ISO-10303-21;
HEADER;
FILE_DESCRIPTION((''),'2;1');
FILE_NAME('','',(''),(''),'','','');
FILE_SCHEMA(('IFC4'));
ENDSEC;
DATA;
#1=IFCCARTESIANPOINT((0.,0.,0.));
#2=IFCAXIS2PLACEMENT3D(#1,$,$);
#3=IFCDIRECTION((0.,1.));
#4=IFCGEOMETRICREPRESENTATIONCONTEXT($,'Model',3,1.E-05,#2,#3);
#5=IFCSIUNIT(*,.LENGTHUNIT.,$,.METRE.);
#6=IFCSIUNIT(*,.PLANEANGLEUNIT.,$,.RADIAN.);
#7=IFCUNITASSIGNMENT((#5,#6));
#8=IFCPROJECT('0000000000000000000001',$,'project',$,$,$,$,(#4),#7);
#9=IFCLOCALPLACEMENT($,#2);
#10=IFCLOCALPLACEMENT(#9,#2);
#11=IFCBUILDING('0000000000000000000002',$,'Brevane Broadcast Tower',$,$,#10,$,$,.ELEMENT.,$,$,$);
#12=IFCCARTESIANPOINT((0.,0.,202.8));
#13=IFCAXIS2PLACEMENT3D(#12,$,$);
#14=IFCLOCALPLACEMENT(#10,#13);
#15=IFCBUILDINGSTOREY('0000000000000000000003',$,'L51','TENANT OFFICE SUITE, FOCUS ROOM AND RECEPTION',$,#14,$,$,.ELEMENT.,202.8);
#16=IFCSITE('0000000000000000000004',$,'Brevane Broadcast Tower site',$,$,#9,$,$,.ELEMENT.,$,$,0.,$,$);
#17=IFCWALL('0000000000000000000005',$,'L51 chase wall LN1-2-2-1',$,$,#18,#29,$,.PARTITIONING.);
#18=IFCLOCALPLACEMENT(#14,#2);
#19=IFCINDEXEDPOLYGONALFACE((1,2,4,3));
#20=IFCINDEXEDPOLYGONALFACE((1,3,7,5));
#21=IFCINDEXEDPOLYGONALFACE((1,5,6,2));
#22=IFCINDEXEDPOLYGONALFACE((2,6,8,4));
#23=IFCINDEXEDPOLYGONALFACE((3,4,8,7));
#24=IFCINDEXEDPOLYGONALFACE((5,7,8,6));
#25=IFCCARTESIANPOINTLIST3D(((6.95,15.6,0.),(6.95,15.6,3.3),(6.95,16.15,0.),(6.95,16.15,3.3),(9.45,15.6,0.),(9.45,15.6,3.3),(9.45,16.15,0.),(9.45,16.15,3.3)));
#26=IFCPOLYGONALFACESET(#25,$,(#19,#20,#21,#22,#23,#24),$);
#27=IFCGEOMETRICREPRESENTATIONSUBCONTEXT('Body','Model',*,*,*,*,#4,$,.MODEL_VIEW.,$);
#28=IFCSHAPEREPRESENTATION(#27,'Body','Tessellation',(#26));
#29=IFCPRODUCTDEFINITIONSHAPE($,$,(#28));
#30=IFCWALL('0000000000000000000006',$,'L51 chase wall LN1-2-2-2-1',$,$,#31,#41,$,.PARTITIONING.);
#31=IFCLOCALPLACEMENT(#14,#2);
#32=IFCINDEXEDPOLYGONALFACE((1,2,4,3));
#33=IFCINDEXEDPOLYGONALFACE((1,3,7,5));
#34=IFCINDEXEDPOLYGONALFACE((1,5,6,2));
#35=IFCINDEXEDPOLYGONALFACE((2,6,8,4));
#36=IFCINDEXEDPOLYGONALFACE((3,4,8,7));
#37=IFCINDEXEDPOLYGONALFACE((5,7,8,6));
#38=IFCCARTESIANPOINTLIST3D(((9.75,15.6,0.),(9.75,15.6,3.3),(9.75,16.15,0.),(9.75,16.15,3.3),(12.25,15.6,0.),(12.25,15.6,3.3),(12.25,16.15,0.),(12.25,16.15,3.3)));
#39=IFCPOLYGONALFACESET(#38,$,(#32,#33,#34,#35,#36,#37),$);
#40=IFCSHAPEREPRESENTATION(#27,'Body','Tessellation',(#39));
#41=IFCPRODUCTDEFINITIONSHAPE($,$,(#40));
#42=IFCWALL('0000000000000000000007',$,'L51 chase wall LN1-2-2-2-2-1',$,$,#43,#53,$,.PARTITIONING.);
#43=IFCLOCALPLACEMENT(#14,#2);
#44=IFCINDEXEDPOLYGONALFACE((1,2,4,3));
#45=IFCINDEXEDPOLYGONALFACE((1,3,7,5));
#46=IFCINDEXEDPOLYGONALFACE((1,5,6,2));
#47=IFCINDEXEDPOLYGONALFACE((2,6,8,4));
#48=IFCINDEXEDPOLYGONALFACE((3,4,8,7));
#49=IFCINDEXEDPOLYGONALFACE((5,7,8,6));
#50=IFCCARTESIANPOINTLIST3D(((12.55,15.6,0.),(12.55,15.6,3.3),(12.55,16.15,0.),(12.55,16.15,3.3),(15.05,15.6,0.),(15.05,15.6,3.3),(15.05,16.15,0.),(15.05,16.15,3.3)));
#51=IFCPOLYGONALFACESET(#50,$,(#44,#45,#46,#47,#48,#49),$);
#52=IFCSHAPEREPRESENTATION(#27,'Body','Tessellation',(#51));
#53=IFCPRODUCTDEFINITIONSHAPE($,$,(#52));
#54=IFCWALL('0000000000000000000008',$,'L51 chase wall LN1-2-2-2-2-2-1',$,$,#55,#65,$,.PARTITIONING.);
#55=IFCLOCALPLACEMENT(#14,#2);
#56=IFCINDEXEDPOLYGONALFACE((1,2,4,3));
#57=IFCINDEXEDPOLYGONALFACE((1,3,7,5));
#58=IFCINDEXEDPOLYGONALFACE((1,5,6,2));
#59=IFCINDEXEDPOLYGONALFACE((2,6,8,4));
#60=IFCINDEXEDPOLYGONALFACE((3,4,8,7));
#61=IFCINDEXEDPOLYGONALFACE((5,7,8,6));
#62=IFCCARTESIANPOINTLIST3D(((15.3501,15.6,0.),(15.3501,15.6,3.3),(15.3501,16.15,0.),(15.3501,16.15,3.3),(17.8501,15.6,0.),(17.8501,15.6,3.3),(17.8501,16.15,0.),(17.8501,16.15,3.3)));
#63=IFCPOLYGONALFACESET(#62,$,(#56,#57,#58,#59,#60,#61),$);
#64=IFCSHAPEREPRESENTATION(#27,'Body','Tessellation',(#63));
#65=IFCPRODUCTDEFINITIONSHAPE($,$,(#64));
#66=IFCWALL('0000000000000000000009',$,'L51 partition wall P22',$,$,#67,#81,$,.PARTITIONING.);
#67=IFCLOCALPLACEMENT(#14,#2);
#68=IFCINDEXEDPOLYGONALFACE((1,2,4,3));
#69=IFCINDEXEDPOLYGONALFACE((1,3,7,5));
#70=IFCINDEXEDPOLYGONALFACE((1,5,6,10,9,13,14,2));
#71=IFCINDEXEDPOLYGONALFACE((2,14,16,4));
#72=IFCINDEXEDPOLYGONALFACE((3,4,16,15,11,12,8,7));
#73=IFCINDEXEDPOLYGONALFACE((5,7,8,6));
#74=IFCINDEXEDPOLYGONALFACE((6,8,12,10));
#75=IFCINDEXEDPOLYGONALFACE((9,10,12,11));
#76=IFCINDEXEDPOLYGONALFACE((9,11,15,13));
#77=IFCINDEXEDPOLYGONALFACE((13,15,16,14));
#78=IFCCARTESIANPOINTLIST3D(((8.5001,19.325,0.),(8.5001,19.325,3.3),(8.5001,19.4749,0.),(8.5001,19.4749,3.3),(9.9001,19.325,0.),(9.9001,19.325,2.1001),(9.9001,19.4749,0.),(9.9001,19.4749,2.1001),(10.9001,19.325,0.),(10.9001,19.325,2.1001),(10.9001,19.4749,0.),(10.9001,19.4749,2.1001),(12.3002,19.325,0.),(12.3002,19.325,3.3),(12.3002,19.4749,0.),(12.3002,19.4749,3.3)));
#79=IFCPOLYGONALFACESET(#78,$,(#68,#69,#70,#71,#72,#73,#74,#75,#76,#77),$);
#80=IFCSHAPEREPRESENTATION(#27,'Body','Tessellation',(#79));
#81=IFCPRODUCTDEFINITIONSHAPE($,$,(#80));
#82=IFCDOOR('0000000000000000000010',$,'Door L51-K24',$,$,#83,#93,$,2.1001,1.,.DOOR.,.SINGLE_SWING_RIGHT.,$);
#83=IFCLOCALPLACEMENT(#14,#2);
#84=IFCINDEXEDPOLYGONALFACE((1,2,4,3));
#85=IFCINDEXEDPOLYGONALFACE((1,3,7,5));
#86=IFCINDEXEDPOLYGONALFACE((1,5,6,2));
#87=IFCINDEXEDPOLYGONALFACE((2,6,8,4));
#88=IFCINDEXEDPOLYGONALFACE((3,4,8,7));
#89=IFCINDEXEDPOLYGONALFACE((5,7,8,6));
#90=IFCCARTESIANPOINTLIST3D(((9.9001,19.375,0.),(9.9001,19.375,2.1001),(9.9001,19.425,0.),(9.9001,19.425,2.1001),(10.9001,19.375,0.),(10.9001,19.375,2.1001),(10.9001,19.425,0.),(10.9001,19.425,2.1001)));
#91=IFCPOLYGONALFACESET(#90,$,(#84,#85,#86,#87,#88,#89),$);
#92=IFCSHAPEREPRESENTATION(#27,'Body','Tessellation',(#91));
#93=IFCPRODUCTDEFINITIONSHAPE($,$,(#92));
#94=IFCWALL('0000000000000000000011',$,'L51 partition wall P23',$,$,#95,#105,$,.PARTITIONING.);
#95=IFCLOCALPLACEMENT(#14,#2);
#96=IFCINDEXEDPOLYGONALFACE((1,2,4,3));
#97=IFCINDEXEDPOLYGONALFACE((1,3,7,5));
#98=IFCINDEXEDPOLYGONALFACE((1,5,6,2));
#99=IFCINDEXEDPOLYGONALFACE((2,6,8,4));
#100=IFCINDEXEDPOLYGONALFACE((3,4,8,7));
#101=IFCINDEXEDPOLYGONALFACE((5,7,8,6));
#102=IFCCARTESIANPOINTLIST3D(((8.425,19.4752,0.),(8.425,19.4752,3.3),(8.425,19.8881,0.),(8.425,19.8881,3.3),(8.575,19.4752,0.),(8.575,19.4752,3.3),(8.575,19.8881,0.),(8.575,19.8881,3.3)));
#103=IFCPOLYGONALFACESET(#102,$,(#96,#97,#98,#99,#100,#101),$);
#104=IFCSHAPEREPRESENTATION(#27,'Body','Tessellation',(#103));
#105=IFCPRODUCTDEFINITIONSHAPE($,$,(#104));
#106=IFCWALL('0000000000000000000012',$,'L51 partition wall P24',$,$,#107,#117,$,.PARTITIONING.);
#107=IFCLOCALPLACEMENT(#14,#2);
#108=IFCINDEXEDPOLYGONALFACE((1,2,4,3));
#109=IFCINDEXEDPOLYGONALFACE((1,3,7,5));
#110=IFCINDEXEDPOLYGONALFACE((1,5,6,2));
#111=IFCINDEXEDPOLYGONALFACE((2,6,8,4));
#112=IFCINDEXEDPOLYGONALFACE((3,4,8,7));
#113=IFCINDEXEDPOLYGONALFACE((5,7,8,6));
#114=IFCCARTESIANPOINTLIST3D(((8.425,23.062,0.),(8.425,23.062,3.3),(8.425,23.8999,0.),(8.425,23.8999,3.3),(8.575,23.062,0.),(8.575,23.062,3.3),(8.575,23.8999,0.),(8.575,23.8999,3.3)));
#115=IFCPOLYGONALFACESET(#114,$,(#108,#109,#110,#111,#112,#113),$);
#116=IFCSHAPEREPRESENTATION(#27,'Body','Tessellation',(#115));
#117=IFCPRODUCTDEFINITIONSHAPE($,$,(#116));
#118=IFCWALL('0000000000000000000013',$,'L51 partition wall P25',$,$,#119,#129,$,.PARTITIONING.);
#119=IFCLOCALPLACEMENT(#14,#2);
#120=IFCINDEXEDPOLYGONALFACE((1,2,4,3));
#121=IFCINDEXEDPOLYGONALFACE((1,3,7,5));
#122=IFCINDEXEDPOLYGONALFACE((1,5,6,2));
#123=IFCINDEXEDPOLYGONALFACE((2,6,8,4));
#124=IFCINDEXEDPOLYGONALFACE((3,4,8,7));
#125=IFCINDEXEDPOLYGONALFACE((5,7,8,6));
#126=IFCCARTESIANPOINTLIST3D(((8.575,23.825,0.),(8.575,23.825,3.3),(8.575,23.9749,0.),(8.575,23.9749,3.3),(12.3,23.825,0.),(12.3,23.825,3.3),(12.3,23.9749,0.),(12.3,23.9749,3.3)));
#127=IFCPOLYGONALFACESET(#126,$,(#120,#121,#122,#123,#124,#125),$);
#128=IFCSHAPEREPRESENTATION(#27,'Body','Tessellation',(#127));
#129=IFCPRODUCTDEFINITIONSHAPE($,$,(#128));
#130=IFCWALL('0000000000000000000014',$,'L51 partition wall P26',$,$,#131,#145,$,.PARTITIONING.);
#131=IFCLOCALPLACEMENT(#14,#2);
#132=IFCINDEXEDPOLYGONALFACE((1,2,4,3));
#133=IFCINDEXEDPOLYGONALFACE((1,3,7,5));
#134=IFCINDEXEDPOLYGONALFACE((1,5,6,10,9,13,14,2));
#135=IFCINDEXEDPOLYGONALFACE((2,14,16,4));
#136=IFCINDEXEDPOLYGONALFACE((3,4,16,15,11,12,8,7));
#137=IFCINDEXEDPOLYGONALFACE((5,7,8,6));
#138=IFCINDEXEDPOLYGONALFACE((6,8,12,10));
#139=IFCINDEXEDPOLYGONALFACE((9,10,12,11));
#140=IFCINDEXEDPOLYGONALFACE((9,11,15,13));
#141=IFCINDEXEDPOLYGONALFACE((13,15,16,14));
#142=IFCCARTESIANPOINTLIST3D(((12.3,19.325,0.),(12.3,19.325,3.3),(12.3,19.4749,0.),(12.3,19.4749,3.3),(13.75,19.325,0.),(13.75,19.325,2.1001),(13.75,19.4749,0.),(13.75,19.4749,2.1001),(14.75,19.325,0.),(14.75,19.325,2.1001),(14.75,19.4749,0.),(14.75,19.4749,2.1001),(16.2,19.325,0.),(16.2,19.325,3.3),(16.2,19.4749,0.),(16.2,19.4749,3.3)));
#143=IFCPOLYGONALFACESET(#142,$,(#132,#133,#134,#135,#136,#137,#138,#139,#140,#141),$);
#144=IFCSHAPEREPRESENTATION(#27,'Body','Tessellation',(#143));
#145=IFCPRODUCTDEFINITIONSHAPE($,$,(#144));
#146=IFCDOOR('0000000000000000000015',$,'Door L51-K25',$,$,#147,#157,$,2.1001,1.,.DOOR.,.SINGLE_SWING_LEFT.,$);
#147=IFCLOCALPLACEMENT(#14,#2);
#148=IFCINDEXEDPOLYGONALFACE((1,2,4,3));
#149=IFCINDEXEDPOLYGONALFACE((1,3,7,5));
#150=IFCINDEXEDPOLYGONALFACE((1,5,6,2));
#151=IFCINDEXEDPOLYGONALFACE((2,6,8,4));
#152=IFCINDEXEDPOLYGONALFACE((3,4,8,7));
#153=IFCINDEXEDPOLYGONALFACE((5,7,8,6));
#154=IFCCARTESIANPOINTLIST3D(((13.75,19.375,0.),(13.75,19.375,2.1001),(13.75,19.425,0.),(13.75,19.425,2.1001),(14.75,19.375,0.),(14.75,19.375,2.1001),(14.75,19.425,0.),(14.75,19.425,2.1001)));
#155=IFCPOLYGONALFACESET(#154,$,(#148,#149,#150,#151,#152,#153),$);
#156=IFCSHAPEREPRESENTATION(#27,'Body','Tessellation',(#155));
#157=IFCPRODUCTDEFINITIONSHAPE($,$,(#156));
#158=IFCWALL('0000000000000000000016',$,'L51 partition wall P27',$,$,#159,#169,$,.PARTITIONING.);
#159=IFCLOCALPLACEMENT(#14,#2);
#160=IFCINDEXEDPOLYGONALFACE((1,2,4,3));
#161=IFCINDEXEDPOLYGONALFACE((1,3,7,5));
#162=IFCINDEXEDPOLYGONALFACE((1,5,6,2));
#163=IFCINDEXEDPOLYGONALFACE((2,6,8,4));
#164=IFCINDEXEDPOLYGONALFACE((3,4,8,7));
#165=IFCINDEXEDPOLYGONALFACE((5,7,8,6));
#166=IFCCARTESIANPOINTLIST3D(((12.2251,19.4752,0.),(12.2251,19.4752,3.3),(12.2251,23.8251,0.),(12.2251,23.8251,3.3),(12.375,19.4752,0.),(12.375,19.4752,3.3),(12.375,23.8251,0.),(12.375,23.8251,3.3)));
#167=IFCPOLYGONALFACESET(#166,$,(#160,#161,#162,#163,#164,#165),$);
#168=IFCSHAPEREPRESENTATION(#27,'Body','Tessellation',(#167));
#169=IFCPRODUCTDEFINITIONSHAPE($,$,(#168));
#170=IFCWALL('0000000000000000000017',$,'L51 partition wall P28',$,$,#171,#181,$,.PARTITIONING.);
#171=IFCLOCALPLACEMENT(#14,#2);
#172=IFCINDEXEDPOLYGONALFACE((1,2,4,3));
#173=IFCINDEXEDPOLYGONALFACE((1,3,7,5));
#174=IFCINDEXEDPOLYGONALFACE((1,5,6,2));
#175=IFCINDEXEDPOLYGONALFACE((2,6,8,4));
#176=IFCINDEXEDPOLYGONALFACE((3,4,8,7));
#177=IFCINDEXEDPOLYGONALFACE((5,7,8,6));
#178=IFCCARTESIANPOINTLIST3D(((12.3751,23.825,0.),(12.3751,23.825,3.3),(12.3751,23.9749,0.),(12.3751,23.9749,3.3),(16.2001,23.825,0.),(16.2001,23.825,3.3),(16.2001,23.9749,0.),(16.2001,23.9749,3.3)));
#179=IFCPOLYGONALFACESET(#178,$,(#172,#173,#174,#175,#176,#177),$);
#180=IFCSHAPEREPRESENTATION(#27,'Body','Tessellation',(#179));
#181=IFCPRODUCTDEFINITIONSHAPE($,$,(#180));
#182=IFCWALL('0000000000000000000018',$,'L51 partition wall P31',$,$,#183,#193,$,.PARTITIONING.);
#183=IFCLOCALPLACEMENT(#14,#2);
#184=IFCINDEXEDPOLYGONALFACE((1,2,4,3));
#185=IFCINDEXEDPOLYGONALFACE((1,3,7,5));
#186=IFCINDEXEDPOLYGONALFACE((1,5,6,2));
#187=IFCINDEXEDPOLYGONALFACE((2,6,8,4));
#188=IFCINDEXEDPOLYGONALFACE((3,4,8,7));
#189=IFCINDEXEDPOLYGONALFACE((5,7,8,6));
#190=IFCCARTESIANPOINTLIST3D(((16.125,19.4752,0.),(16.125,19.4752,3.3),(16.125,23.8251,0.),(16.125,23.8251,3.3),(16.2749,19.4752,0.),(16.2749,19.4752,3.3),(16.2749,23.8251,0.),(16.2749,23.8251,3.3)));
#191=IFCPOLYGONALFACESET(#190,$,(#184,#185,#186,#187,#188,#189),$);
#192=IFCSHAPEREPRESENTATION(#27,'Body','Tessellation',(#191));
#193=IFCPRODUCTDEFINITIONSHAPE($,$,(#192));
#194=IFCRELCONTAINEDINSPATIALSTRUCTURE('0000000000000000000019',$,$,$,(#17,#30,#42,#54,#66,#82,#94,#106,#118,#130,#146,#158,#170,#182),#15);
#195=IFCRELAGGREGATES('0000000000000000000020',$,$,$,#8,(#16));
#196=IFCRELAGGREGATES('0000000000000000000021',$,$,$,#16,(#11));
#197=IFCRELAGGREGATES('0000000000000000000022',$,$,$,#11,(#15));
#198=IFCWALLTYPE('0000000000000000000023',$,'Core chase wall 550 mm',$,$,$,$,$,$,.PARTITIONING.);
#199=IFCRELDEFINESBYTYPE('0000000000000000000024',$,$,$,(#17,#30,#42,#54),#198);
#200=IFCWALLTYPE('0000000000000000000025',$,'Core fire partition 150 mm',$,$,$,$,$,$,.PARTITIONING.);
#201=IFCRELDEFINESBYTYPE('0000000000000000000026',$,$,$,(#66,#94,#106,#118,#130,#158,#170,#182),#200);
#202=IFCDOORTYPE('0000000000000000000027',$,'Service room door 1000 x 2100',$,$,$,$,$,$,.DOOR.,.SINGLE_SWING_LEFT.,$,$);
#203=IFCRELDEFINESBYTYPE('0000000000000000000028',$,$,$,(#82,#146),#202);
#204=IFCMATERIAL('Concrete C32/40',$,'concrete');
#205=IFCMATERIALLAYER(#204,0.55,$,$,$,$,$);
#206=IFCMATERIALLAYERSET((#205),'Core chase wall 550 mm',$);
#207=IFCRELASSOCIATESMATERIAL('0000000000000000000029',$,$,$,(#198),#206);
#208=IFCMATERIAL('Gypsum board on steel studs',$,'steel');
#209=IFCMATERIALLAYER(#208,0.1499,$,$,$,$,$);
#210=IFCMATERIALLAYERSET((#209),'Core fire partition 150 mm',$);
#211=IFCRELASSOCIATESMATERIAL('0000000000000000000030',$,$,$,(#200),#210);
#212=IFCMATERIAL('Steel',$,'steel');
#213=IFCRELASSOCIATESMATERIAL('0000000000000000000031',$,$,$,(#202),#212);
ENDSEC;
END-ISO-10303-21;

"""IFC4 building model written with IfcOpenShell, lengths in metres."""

from ifc_helpers import new_model, si_unit, direction, frame, frame_2d, origin, place, context, subcontext, project, spatial, rectangle, extrude, material, layer, layer_set, type_object, element, fill, save


model = new_model("IFC4")

# Units and contexts
model_context = context("Model", 3, precision=1e-05, world=origin(), true_north=direction((0.0, 1.0)))
body_context = subcontext(model_context, "Body", "Model", "MODEL_VIEW")
ifc_project = project(units=[si_unit("LENGTHUNIT", "METRE"), si_unit("PLANEANGLEUNIT", "RADIAN")], contexts=[model_context])

# Site, building, storey
site_placement = place(None, origin())
site = spatial("IfcSite", under=ifc_project, at=site_placement, Name="Brevane Broadcast Tower site", CompositionType="ELEMENT", RefElevation=0.0)
building_placement = place(site_placement, origin())
building = spatial("IfcBuilding", under=site, at=building_placement, Name="Brevane Broadcast Tower", CompositionType="ELEMENT")
storey_placement = place(building_placement, frame((0.0, 0.0, 202.8)))
storey = spatial("IfcBuildingStorey", under=building, at=storey_placement, Name="L51", Description="TENANT OFFICE SUITE, FOCUS ROOM AND RECEPTION", CompositionType="ELEMENT", Elevation=202.8)

# Walls
ifc_material_1 = material(Name="Concrete C32/40", Category="concrete")
ifc_layer_1 = layer(ifc_material_1, 0.55)
ifc_layer_set_1 = layer_set([ifc_layer_1], Name="Core chase wall 550 mm")
wall_type_1 = type_object("IfcWallType", Name="Core chase wall 550 mm", PredefinedType="PARTITIONING", material=ifc_layer_set_1)
for number, where, z_axis, x_axis, name in (
    (1, (6.95, 15.875, 0.0), (0.0, 0.0, 1.0), (1.0, 0.0, 0.0), "L51 chase wall LN1-2-2-1"),
    (2, (9.75, 15.875, 0.0), (0.0, 0.0, 1.0), (1.0, 0.0, 0.0), "L51 chase wall LN1-2-2-2-1"),
    (3, (12.55, 15.875, 0.0), (0.0, 0.0, 1.0), (1.0, 0.0, 0.0), "L51 chase wall LN1-2-2-2-2-1"),
    (4, (15.3501, 15.875, 0.0), (0.0, 0.0, 1.0), (1.0, 0.0, 0.0), "L51 chase wall LN1-2-2-2-2-2-1"),
):
    element("IfcWall", number, at=place(storey_placement, frame(where, z_axis=z_axis, x_axis=x_axis)), inside=storey, type_object=wall_type_1, Name=name, PredefinedType="PARTITIONING", context=body_context, shape_type="SweptSolid", body=[
        extrude(rectangle(XDim=2.5, YDim=0.55, at=frame_2d((1.25, 0.0))), origin(), (0.0, 0.0, 1.0), 3.3),
    ])

# Wall, opening, door
ifc_material_2 = material(Name="Gypsum board on steel studs", Category="steel")
ifc_layer_2 = layer(ifc_material_2, 0.1499)
ifc_layer_set_2 = layer_set([ifc_layer_2], Name="Core fire partition 150 mm")
wall_type_2 = type_object("IfcWallType", Name="Core fire partition 150 mm", PredefinedType="PARTITIONING", material=ifc_layer_set_2)
wall_1_placement = place(storey_placement, frame((12.3, 19.3999, 0.0), z_axis=(0.0, 0.0, 1.0), x_axis=(-1.0, 0.0, 0.0)))
wall_1 = element("IfcWall", 5, at=wall_1_placement, inside=storey, type_object=wall_type_2, Name="L51 partition wall P22", PredefinedType="PARTITIONING", context=body_context, shape_type="SweptSolid", body=[
    extrude(rectangle(XDim=3.8, YDim=0.1499, at=frame_2d((1.8999, 0.0))), origin(), (0.0, 0.0, 1.0), 3.3),
])
opening_1_placement = place(wall_1_placement, frame((1.3999, 0.0, 0.0)))
opening_1 = element("IfcOpeningElement", 6, at=opening_1_placement, cuts=wall_1, PredefinedType="OPENING", context=body_context, shape_type="SweptSolid", body=[
    extrude(rectangle(XDim=1.0, YDim=2.1001, at=frame_2d((0.5, 1.05))), frame((0.0, 0.085, 0.0), z_axis=(0.0, -1.0, 0.0), x_axis=(1.0, 0.0, 0.0)), (0.0, 0.0, 1.0), 0.1699),
])
ifc_material_3 = material(Name="Steel", Category="steel")
door_type_1 = type_object("IfcDoorType", Name="Service room door 1000 x 2100", OperationType="SINGLE_SWING_LEFT", PredefinedType="DOOR", material=ifc_material_3)
door_1_placement = place(opening_1_placement, origin())
door_1 = element("IfcDoor", 7, at=door_1_placement, inside=storey, type_object=door_type_1, Name="Door L51-K24", OperationType="SINGLE_SWING_RIGHT", OverallHeight=2.1001, OverallWidth=1.0, PredefinedType="DOOR", context=body_context, shape_type="SweptSolid", body=[
    extrude(rectangle(XDim=1.0, YDim=2.1001, at=frame_2d((0.5, 1.05))), frame((0.0, 0.0249, 0.0), z_axis=(0.0, -1.0, 0.0), x_axis=(1.0, 0.0, 0.0)), (0.0, 0.0, 1.0), 0.05),
])
fill(opening_1, door_1)

# Walls
wall_2_placement = place(storey_placement, frame((8.5, 19.4751, 0.0), z_axis=(0.0, 0.0, 1.0), x_axis=(0.0, 1.0, 0.0)))
element("IfcWall", 8, at=wall_2_placement, inside=storey, type_object=wall_type_2, Name="L51 partition wall P23", PredefinedType="PARTITIONING", context=body_context, shape_type="SweptSolid", body=[
    extrude(rectangle(XDim=0.4128, YDim=0.1499, at=frame_2d((0.2065, 0.0))), origin(), (0.0, 0.0, 1.0), 3.3),
])
wall_3_placement = place(storey_placement, frame((8.5, 23.062, 0.0), z_axis=(0.0, 0.0, 1.0), x_axis=(0.0, 1.0, 0.0)))
element("IfcWall", 9, at=wall_3_placement, inside=storey, type_object=wall_type_2, Name="L51 partition wall P24", PredefinedType="PARTITIONING", context=body_context, shape_type="SweptSolid", body=[
    extrude(rectangle(XDim=0.8379, YDim=0.1499, at=frame_2d((0.4189, 0.0))), origin(), (0.0, 0.0, 1.0), 3.3),
])
wall_4_placement = place(storey_placement, frame((8.575, 23.8999, 0.0), z_axis=(0.0, 0.0, 1.0), x_axis=(1.0, 0.0, 0.0)))
element("IfcWall", 10, at=wall_4_placement, inside=storey, type_object=wall_type_2, Name="L51 partition wall P25", PredefinedType="PARTITIONING", context=body_context, shape_type="SweptSolid", body=[
    extrude(rectangle(XDim=3.7251, YDim=0.1499, at=frame_2d((1.8625, 0.0))), origin(), (0.0, 0.0, 1.0), 3.3),
])

# Wall, opening, door
wall_5_placement = place(storey_placement, frame((16.2, 19.3999, 0.0), z_axis=(0.0, 0.0, 1.0), x_axis=(-1.0, 0.0, 0.0)))
wall_5 = element("IfcWall", 11, at=wall_5_placement, inside=storey, type_object=wall_type_2, Name="L51 partition wall P26", PredefinedType="PARTITIONING", context=body_context, shape_type="SweptSolid", body=[
    extrude(rectangle(XDim=3.8999, YDim=0.1499, at=frame_2d((1.95, 0.0))), origin(), (0.0, 0.0, 1.0), 3.3),
])
opening_2_placement = place(wall_5_placement, frame((1.45, 0.0, 0.0)))
opening_2 = element("IfcOpeningElement", 12, at=opening_2_placement, cuts=wall_5, PredefinedType="OPENING", context=body_context, shape_type="SweptSolid", body=[
    extrude(rectangle(XDim=1.0, YDim=2.1001, at=frame_2d((0.5, 1.05))), frame((0.0, 0.085, 0.0), z_axis=(0.0, -1.0, 0.0), x_axis=(1.0, 0.0, 0.0)), (0.0, 0.0, 1.0), 0.1699),
])
door_2_placement = place(opening_2_placement, origin())
door_2 = element("IfcDoor", 13, at=door_2_placement, inside=storey, type_object=door_type_1, Name="Door L51-K25", OperationType="SINGLE_SWING_LEFT", OverallHeight=2.1001, OverallWidth=1.0, PredefinedType="DOOR", context=body_context, shape_type="SweptSolid", body=[
    extrude(rectangle(XDim=1.0, YDim=2.1001, at=frame_2d((0.5, 1.05))), frame((0.0, 0.0249, 0.0), z_axis=(0.0, -1.0, 0.0), x_axis=(1.0, 0.0, 0.0)), (0.0, 0.0, 1.0), 0.05),
])
fill(opening_2, door_2)

# Walls
wall_6_placement = place(storey_placement, frame((12.3, 23.825, 0.0), z_axis=(0.0, 0.0, 1.0), x_axis=(0.0, -1.0, 0.0)))
element("IfcWall", 14, at=wall_6_placement, inside=storey, type_object=wall_type_2, Name="L51 partition wall P27", PredefinedType="PARTITIONING", context=body_context, shape_type="SweptSolid", body=[
    extrude(rectangle(XDim=4.3499, YDim=0.1499, at=frame_2d((2.1748, 0.0))), origin(), (0.0, 0.0, 1.0), 3.3),
])
wall_7_placement = place(storey_placement, frame((12.375, 23.8999, 0.0), z_axis=(0.0, 0.0, 1.0), x_axis=(1.0, 0.0, 0.0)))
element("IfcWall", 15, at=wall_7_placement, inside=storey, type_object=wall_type_2, Name="L51 partition wall P28", PredefinedType="PARTITIONING", context=body_context, shape_type="SweptSolid", body=[
    extrude(rectangle(XDim=3.825, YDim=0.1499, at=frame_2d((1.9126, 0.0))), origin(), (0.0, 0.0, 1.0), 3.3),
])
wall_8_placement = place(storey_placement, frame((16.2, 23.825, 0.0), z_axis=(0.0, 0.0, 1.0), x_axis=(0.0, -1.0, 0.0)))
element("IfcWall", 16, at=wall_8_placement, inside=storey, type_object=wall_type_2, Name="L51 partition wall P31", PredefinedType="PARTITIONING", context=body_context, shape_type="SweptSolid", body=[
    extrude(rectangle(XDim=4.3499, YDim=0.1499, at=frame_2d((2.1748, 0.0))), origin(), (0.0, 0.0, 1.0), 3.3),
])

save(model, "model.ifc")
